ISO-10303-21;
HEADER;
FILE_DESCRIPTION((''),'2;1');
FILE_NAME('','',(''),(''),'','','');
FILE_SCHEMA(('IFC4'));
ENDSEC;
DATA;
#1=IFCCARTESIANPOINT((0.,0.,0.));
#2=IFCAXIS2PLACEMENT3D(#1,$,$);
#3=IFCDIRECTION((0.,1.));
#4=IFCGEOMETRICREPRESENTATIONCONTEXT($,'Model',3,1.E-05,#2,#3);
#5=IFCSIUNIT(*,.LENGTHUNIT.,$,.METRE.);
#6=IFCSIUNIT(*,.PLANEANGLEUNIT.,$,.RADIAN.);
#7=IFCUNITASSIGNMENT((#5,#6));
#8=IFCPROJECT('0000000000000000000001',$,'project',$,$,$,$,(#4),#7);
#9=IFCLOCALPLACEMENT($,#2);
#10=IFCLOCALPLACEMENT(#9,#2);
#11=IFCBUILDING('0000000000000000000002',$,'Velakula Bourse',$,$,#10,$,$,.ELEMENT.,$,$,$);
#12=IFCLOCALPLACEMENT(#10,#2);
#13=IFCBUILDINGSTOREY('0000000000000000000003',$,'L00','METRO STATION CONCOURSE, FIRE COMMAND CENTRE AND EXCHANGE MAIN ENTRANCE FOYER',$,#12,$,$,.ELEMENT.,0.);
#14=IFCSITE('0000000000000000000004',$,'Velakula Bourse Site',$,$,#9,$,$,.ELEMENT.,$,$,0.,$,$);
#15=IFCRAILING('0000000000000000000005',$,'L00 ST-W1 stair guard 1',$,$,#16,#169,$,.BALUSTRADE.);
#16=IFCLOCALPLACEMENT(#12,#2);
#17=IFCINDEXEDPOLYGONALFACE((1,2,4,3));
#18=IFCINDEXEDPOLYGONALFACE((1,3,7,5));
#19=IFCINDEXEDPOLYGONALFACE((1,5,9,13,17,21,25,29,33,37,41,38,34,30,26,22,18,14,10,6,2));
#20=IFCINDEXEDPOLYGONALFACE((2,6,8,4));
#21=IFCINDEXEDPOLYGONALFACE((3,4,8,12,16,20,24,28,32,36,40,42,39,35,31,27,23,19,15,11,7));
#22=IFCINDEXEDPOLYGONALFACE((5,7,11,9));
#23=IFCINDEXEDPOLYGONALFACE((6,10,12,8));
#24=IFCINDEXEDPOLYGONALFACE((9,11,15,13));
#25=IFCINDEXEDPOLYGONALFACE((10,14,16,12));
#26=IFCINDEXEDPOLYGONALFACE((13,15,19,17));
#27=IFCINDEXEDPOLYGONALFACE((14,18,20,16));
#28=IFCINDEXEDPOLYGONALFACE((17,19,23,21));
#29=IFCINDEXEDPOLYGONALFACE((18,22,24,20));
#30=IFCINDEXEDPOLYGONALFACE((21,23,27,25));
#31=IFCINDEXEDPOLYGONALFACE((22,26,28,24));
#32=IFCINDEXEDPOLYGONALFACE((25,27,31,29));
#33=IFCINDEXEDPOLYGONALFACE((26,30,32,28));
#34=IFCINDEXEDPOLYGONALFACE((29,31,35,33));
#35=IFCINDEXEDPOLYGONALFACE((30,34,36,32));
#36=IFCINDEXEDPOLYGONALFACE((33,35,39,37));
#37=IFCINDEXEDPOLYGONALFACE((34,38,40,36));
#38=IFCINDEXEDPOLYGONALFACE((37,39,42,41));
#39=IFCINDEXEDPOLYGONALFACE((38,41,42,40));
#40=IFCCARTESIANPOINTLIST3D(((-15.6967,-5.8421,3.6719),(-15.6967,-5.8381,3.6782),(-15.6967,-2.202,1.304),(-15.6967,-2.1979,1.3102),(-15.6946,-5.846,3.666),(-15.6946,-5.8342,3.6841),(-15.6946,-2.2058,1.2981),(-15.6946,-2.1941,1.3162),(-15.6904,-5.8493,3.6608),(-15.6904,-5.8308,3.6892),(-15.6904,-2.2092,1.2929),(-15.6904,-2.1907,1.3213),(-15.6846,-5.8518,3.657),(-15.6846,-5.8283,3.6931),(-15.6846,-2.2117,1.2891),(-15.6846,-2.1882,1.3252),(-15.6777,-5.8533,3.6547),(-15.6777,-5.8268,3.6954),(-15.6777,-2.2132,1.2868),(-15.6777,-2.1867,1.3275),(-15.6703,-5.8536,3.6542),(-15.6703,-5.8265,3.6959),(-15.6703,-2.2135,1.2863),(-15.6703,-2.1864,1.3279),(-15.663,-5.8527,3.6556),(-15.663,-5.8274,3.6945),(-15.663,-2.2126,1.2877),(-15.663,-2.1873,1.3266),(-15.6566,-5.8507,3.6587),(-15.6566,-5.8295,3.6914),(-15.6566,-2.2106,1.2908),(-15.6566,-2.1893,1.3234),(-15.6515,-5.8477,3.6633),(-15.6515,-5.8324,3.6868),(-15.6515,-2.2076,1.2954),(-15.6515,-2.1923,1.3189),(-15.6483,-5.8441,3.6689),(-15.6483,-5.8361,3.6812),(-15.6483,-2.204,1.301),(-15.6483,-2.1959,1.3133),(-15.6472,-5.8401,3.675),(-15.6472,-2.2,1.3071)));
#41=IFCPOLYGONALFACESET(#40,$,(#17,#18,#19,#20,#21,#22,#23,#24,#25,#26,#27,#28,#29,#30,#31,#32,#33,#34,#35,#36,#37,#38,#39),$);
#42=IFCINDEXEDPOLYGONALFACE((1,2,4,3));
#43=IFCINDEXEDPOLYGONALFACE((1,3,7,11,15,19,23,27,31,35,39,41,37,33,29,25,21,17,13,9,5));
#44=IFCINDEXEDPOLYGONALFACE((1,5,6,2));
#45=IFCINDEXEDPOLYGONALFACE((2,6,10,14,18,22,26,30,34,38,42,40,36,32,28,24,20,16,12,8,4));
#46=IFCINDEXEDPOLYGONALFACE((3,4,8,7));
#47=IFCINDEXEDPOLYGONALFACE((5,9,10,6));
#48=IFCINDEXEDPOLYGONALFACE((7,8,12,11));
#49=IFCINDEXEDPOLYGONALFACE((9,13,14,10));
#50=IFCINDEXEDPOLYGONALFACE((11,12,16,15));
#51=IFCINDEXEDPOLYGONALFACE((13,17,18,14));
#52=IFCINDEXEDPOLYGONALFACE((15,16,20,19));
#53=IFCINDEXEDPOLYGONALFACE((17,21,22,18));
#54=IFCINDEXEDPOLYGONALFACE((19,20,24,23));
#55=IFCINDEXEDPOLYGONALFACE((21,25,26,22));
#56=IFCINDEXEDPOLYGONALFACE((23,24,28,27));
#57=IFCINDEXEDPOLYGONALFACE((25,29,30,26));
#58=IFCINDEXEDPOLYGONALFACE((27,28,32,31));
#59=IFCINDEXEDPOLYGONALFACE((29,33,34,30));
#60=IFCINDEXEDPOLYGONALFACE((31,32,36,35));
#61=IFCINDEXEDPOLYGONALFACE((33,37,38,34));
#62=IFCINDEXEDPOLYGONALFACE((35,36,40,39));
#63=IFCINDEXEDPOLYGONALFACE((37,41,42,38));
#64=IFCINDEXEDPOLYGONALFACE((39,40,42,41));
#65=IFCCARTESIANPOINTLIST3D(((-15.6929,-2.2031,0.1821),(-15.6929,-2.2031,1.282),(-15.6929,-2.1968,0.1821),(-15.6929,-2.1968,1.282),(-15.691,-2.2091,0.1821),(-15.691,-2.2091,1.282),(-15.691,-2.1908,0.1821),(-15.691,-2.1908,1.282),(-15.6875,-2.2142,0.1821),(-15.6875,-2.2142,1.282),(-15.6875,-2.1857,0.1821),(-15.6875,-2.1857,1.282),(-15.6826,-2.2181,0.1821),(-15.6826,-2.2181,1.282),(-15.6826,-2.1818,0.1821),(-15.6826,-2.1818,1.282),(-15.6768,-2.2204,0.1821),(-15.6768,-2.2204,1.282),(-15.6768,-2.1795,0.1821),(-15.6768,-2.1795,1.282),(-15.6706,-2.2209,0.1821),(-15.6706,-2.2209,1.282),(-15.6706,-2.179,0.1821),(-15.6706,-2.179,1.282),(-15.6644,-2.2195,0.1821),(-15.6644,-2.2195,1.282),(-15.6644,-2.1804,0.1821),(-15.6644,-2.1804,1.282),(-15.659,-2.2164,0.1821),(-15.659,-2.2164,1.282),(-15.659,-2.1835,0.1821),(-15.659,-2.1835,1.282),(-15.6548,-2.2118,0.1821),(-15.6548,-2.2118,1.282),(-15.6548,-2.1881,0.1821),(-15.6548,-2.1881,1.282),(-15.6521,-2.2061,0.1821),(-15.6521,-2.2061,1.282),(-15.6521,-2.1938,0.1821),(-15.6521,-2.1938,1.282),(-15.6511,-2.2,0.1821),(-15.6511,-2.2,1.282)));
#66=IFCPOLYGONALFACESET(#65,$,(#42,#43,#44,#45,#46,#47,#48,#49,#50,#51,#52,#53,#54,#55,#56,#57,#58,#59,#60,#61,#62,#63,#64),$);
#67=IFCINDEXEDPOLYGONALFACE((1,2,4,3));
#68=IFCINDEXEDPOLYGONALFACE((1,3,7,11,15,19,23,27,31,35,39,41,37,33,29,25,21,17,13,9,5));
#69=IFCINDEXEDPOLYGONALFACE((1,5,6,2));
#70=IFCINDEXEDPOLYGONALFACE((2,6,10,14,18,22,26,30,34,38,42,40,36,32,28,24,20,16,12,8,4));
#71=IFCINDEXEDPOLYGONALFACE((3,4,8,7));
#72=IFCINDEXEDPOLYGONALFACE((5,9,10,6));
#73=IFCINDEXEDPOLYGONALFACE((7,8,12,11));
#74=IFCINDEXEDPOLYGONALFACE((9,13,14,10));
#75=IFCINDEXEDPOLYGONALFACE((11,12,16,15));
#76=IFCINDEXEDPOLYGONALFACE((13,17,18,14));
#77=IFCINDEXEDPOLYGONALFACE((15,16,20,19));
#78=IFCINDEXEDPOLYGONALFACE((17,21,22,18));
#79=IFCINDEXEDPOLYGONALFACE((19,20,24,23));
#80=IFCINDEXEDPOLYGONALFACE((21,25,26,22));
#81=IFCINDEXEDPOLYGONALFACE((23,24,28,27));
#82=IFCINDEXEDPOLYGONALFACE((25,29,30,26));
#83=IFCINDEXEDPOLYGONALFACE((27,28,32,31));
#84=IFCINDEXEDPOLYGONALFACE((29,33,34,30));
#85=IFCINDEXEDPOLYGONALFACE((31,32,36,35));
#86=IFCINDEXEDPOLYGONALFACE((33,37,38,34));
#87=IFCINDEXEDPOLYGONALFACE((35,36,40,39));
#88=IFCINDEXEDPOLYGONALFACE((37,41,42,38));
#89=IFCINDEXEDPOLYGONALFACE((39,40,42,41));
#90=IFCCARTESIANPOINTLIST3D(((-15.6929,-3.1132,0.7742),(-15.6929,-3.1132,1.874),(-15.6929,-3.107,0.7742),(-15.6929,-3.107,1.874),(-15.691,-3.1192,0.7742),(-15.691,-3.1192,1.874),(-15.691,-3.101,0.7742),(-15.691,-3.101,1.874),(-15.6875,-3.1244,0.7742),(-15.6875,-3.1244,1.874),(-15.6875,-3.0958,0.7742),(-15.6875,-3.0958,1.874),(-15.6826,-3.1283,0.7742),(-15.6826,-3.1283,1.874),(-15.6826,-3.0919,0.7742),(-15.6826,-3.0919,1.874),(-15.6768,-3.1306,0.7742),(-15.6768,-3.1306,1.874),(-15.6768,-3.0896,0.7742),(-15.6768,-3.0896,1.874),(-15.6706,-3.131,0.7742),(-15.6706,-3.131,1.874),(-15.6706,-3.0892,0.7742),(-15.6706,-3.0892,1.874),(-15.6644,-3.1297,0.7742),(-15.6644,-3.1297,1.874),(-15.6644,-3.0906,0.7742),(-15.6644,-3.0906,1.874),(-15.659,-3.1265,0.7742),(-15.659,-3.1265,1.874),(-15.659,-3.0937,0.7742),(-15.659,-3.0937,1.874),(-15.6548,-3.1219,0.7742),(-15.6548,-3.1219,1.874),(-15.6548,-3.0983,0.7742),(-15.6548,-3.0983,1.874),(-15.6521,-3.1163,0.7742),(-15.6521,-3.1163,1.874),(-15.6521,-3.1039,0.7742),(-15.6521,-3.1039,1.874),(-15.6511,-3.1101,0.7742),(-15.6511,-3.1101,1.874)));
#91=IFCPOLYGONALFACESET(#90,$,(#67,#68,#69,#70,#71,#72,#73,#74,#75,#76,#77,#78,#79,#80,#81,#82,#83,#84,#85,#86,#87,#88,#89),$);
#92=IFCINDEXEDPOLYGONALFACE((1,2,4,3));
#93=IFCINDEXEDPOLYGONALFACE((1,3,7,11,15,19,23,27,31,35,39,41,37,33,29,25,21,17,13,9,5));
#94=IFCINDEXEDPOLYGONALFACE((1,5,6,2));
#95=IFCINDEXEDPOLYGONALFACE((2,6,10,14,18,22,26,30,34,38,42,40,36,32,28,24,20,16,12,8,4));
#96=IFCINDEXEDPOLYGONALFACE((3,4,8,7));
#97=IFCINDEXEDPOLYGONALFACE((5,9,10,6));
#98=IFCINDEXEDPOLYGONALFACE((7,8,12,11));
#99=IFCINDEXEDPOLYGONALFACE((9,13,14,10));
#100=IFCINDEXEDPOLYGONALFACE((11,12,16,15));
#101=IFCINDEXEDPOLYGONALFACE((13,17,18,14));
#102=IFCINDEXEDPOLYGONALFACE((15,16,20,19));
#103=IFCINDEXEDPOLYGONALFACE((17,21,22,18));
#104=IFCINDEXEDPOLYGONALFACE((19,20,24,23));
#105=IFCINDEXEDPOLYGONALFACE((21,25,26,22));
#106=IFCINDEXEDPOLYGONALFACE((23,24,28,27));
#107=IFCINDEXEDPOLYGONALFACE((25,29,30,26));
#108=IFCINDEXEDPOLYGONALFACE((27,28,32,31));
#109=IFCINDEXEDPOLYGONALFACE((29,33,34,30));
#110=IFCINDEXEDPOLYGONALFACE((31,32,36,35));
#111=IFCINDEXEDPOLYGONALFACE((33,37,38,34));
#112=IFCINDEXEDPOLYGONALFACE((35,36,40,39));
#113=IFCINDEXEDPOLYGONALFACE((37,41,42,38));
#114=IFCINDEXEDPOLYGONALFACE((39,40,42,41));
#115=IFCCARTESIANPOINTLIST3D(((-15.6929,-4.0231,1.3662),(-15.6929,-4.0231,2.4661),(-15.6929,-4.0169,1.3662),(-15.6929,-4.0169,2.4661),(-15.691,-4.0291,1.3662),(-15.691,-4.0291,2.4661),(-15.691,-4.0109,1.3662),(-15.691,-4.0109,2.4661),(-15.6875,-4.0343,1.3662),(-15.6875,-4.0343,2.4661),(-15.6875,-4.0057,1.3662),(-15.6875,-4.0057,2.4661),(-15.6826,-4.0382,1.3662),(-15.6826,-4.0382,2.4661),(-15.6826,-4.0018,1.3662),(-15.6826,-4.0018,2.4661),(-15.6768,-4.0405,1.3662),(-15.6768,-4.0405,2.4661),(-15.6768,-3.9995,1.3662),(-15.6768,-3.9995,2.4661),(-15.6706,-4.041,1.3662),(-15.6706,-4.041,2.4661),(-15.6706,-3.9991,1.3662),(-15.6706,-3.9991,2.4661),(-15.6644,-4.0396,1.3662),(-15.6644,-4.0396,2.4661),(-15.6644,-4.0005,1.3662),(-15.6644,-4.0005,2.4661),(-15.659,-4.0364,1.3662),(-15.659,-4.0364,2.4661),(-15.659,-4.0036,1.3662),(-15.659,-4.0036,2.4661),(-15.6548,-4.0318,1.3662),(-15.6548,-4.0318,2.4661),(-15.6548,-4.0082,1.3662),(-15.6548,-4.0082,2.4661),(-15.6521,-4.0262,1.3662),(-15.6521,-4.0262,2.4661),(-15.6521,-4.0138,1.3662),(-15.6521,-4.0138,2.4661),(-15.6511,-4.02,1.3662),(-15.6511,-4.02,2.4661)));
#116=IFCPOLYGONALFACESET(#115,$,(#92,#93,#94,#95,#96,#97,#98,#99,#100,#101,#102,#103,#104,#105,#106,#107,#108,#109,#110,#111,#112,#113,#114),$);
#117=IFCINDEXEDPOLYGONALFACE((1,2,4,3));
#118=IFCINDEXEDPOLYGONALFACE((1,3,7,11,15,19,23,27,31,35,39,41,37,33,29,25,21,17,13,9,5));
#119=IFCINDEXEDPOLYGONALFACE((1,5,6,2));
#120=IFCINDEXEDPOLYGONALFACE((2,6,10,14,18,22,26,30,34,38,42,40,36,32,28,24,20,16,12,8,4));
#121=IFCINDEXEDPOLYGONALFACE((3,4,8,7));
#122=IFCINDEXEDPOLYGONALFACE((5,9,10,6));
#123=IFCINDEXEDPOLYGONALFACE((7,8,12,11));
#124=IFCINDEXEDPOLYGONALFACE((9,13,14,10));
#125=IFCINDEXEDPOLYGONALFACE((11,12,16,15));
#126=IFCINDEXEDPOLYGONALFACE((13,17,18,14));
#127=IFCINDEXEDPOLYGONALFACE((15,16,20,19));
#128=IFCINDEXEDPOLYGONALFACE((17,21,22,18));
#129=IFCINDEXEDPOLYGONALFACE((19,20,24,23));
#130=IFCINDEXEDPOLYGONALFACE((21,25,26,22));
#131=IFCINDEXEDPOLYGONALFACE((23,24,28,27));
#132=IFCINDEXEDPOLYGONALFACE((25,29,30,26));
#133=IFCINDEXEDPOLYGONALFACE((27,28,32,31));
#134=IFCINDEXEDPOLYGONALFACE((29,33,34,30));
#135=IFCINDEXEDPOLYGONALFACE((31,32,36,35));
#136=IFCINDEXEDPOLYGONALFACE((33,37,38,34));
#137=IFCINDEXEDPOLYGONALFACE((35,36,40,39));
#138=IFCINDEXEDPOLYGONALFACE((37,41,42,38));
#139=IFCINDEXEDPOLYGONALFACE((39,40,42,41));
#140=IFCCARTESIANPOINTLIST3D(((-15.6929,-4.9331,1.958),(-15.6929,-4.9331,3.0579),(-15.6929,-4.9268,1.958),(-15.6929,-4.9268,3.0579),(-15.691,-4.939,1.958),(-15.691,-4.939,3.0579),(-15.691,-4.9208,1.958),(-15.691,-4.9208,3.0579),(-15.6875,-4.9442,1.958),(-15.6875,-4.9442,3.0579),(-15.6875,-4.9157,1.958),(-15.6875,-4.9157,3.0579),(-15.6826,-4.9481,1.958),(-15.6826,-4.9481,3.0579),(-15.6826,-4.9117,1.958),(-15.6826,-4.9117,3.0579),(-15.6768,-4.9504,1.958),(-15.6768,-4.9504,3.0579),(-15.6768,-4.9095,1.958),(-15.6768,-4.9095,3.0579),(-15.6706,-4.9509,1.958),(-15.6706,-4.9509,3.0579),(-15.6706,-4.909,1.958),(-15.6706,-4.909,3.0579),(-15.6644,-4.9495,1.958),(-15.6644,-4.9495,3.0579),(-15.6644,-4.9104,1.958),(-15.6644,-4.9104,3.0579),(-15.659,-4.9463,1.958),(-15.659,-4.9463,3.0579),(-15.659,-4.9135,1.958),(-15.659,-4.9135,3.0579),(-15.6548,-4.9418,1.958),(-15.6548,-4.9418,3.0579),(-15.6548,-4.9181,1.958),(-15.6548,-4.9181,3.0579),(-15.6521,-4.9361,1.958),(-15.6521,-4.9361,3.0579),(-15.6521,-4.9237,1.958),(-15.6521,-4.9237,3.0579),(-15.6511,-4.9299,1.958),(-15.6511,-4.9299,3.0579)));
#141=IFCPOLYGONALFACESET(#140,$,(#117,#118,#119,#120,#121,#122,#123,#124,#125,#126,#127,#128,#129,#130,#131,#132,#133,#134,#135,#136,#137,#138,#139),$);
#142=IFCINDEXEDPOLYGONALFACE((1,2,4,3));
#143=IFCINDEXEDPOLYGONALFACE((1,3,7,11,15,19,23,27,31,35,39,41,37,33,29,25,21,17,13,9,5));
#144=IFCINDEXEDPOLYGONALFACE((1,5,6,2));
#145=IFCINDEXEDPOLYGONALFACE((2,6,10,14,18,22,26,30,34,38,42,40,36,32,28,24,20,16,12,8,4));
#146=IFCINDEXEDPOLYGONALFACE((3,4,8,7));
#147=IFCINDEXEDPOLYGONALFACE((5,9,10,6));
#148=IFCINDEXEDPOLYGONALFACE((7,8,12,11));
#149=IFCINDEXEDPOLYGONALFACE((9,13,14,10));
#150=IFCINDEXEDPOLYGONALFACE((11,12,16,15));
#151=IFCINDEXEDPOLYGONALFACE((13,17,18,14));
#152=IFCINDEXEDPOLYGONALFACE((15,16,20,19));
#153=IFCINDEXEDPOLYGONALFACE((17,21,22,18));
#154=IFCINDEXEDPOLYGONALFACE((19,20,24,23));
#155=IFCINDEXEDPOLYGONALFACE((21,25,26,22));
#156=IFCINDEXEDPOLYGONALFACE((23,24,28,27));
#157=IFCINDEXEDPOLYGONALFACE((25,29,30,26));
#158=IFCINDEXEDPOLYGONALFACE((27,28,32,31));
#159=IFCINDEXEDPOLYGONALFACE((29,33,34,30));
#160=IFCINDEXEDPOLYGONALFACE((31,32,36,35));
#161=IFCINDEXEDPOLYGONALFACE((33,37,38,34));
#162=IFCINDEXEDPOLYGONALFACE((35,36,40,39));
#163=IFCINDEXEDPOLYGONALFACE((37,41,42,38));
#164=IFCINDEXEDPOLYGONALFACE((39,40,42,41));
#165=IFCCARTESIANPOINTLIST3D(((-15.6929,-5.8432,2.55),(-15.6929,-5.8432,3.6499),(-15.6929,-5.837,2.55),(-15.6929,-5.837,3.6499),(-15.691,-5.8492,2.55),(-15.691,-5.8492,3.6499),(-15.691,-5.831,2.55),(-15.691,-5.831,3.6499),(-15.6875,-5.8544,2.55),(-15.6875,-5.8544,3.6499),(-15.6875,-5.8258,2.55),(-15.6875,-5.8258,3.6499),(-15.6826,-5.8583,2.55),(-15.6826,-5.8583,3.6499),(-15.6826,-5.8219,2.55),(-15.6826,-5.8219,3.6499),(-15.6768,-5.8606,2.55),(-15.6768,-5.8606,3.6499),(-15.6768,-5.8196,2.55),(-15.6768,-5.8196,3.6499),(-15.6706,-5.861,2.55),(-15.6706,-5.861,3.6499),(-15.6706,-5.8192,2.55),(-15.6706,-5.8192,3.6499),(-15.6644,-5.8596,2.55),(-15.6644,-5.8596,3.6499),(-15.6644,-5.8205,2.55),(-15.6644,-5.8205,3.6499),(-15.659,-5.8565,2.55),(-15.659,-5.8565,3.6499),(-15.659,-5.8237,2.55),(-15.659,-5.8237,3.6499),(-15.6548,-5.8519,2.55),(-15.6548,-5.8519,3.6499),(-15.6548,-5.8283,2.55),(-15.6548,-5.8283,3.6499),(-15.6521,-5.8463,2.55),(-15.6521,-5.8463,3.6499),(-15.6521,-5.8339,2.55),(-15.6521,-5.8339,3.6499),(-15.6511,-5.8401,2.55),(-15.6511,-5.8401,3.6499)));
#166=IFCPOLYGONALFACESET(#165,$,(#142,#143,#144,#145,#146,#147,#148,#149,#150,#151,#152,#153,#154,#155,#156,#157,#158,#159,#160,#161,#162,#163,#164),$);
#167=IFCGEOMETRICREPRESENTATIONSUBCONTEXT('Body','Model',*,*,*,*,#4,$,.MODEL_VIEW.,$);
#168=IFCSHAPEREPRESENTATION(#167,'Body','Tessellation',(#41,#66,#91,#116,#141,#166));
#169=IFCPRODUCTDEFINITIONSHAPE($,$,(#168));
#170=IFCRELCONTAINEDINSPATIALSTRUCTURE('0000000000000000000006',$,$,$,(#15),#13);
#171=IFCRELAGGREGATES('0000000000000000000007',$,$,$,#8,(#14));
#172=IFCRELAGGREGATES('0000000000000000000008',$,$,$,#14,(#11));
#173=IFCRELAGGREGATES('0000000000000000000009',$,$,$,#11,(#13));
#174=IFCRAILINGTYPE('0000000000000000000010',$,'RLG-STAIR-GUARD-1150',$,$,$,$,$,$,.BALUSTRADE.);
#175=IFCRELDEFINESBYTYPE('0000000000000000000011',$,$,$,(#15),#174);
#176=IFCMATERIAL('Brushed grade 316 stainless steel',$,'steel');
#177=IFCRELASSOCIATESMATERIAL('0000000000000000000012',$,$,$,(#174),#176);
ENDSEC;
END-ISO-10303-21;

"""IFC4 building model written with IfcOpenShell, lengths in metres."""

from ifc_helpers import new_model, si_unit, direction, frame, origin, origin_2d, place, context, subcontext, project, spatial, circle, extrude, material, type_object, element, save


model = new_model("IFC4")

# Units and contexts
model_context = context("Model", 3, precision=1e-05, world=origin(), true_north=direction((0.0, 1.0)))
body_context = subcontext(model_context, "Body", "Model", "MODEL_VIEW")
ifc_project = project(units=[si_unit("LENGTHUNIT", "METRE"), si_unit("PLANEANGLEUNIT", "RADIAN")], contexts=[model_context])

# Site, building, storey
site_placement = place(None, origin())
site = spatial("IfcSite", under=ifc_project, at=site_placement, Name="Velakula Bourse Site", CompositionType="ELEMENT", RefElevation=0.0)
building_placement = place(site_placement, origin())
building = spatial("IfcBuilding", under=site, at=building_placement, Name="Velakula Bourse", CompositionType="ELEMENT")
storey_placement = place(building_placement, origin())
storey = spatial("IfcBuildingStorey", under=building, at=storey_placement, Name="L00", Description="METRO STATION CONCOURSE, FIRE COMMAND CENTRE AND EXCHANGE MAIN ENTRANCE FOYER", CompositionType="ELEMENT", Elevation=0.0)

# Shared definitions
ifc_material_1 = material(Name="Brushed grade 316 stainless steel", Category="steel")

# Railing
railing_type = type_object("IfcRailingType", Name="RLG-STAIR-GUARD-1150", PredefinedType="BALUSTRADE", material=ifc_material_1)
railing_1_placement = place(storey_placement, frame((-15.6721, -2.2, 0.1821)))
element("IfcRailing", 1, at=railing_1_placement, inside=storey, type_object=railing_type, Name="L00 ST-W1 stair guard 1", PredefinedType="BALUSTRADE", context=body_context, shape_type="SweptSolid", body=[
    extrude(circle(Radius=0.0249, at=origin_2d()), frame((0.0, 0.0, 1.125), z_axis=(0.0, -0.838251, 0.545285), x_axis=(1.0, 0.0, 0.0)), (0.0, 0.0, 1.0), 4.3425),
    extrude(circle(Radius=0.021, at=origin_2d()), origin(), (0.0, 0.0, 1.0), 1.0999),
    extrude(circle(Radius=0.021, at=origin_2d()), frame((0.0, -0.9102, 0.592)), (0.0, 0.0, 1.0), 1.0999),
    extrude(circle(Radius=0.021, at=origin_2d()), frame((0.0, -1.8201, 1.1841)), (0.0, 0.0, 1.0), 1.0999),
    extrude(circle(Radius=0.021, at=origin_2d()), frame((0.0, -2.73, 1.7759)), (0.0, 0.0, 1.0), 1.0999),
    extrude(circle(Radius=0.021, at=origin_2d()), frame((0.0, -3.6401, 2.3679)), (0.0, 0.0, 1.0), 1.0999),
])

save(model, "model.ifc")
